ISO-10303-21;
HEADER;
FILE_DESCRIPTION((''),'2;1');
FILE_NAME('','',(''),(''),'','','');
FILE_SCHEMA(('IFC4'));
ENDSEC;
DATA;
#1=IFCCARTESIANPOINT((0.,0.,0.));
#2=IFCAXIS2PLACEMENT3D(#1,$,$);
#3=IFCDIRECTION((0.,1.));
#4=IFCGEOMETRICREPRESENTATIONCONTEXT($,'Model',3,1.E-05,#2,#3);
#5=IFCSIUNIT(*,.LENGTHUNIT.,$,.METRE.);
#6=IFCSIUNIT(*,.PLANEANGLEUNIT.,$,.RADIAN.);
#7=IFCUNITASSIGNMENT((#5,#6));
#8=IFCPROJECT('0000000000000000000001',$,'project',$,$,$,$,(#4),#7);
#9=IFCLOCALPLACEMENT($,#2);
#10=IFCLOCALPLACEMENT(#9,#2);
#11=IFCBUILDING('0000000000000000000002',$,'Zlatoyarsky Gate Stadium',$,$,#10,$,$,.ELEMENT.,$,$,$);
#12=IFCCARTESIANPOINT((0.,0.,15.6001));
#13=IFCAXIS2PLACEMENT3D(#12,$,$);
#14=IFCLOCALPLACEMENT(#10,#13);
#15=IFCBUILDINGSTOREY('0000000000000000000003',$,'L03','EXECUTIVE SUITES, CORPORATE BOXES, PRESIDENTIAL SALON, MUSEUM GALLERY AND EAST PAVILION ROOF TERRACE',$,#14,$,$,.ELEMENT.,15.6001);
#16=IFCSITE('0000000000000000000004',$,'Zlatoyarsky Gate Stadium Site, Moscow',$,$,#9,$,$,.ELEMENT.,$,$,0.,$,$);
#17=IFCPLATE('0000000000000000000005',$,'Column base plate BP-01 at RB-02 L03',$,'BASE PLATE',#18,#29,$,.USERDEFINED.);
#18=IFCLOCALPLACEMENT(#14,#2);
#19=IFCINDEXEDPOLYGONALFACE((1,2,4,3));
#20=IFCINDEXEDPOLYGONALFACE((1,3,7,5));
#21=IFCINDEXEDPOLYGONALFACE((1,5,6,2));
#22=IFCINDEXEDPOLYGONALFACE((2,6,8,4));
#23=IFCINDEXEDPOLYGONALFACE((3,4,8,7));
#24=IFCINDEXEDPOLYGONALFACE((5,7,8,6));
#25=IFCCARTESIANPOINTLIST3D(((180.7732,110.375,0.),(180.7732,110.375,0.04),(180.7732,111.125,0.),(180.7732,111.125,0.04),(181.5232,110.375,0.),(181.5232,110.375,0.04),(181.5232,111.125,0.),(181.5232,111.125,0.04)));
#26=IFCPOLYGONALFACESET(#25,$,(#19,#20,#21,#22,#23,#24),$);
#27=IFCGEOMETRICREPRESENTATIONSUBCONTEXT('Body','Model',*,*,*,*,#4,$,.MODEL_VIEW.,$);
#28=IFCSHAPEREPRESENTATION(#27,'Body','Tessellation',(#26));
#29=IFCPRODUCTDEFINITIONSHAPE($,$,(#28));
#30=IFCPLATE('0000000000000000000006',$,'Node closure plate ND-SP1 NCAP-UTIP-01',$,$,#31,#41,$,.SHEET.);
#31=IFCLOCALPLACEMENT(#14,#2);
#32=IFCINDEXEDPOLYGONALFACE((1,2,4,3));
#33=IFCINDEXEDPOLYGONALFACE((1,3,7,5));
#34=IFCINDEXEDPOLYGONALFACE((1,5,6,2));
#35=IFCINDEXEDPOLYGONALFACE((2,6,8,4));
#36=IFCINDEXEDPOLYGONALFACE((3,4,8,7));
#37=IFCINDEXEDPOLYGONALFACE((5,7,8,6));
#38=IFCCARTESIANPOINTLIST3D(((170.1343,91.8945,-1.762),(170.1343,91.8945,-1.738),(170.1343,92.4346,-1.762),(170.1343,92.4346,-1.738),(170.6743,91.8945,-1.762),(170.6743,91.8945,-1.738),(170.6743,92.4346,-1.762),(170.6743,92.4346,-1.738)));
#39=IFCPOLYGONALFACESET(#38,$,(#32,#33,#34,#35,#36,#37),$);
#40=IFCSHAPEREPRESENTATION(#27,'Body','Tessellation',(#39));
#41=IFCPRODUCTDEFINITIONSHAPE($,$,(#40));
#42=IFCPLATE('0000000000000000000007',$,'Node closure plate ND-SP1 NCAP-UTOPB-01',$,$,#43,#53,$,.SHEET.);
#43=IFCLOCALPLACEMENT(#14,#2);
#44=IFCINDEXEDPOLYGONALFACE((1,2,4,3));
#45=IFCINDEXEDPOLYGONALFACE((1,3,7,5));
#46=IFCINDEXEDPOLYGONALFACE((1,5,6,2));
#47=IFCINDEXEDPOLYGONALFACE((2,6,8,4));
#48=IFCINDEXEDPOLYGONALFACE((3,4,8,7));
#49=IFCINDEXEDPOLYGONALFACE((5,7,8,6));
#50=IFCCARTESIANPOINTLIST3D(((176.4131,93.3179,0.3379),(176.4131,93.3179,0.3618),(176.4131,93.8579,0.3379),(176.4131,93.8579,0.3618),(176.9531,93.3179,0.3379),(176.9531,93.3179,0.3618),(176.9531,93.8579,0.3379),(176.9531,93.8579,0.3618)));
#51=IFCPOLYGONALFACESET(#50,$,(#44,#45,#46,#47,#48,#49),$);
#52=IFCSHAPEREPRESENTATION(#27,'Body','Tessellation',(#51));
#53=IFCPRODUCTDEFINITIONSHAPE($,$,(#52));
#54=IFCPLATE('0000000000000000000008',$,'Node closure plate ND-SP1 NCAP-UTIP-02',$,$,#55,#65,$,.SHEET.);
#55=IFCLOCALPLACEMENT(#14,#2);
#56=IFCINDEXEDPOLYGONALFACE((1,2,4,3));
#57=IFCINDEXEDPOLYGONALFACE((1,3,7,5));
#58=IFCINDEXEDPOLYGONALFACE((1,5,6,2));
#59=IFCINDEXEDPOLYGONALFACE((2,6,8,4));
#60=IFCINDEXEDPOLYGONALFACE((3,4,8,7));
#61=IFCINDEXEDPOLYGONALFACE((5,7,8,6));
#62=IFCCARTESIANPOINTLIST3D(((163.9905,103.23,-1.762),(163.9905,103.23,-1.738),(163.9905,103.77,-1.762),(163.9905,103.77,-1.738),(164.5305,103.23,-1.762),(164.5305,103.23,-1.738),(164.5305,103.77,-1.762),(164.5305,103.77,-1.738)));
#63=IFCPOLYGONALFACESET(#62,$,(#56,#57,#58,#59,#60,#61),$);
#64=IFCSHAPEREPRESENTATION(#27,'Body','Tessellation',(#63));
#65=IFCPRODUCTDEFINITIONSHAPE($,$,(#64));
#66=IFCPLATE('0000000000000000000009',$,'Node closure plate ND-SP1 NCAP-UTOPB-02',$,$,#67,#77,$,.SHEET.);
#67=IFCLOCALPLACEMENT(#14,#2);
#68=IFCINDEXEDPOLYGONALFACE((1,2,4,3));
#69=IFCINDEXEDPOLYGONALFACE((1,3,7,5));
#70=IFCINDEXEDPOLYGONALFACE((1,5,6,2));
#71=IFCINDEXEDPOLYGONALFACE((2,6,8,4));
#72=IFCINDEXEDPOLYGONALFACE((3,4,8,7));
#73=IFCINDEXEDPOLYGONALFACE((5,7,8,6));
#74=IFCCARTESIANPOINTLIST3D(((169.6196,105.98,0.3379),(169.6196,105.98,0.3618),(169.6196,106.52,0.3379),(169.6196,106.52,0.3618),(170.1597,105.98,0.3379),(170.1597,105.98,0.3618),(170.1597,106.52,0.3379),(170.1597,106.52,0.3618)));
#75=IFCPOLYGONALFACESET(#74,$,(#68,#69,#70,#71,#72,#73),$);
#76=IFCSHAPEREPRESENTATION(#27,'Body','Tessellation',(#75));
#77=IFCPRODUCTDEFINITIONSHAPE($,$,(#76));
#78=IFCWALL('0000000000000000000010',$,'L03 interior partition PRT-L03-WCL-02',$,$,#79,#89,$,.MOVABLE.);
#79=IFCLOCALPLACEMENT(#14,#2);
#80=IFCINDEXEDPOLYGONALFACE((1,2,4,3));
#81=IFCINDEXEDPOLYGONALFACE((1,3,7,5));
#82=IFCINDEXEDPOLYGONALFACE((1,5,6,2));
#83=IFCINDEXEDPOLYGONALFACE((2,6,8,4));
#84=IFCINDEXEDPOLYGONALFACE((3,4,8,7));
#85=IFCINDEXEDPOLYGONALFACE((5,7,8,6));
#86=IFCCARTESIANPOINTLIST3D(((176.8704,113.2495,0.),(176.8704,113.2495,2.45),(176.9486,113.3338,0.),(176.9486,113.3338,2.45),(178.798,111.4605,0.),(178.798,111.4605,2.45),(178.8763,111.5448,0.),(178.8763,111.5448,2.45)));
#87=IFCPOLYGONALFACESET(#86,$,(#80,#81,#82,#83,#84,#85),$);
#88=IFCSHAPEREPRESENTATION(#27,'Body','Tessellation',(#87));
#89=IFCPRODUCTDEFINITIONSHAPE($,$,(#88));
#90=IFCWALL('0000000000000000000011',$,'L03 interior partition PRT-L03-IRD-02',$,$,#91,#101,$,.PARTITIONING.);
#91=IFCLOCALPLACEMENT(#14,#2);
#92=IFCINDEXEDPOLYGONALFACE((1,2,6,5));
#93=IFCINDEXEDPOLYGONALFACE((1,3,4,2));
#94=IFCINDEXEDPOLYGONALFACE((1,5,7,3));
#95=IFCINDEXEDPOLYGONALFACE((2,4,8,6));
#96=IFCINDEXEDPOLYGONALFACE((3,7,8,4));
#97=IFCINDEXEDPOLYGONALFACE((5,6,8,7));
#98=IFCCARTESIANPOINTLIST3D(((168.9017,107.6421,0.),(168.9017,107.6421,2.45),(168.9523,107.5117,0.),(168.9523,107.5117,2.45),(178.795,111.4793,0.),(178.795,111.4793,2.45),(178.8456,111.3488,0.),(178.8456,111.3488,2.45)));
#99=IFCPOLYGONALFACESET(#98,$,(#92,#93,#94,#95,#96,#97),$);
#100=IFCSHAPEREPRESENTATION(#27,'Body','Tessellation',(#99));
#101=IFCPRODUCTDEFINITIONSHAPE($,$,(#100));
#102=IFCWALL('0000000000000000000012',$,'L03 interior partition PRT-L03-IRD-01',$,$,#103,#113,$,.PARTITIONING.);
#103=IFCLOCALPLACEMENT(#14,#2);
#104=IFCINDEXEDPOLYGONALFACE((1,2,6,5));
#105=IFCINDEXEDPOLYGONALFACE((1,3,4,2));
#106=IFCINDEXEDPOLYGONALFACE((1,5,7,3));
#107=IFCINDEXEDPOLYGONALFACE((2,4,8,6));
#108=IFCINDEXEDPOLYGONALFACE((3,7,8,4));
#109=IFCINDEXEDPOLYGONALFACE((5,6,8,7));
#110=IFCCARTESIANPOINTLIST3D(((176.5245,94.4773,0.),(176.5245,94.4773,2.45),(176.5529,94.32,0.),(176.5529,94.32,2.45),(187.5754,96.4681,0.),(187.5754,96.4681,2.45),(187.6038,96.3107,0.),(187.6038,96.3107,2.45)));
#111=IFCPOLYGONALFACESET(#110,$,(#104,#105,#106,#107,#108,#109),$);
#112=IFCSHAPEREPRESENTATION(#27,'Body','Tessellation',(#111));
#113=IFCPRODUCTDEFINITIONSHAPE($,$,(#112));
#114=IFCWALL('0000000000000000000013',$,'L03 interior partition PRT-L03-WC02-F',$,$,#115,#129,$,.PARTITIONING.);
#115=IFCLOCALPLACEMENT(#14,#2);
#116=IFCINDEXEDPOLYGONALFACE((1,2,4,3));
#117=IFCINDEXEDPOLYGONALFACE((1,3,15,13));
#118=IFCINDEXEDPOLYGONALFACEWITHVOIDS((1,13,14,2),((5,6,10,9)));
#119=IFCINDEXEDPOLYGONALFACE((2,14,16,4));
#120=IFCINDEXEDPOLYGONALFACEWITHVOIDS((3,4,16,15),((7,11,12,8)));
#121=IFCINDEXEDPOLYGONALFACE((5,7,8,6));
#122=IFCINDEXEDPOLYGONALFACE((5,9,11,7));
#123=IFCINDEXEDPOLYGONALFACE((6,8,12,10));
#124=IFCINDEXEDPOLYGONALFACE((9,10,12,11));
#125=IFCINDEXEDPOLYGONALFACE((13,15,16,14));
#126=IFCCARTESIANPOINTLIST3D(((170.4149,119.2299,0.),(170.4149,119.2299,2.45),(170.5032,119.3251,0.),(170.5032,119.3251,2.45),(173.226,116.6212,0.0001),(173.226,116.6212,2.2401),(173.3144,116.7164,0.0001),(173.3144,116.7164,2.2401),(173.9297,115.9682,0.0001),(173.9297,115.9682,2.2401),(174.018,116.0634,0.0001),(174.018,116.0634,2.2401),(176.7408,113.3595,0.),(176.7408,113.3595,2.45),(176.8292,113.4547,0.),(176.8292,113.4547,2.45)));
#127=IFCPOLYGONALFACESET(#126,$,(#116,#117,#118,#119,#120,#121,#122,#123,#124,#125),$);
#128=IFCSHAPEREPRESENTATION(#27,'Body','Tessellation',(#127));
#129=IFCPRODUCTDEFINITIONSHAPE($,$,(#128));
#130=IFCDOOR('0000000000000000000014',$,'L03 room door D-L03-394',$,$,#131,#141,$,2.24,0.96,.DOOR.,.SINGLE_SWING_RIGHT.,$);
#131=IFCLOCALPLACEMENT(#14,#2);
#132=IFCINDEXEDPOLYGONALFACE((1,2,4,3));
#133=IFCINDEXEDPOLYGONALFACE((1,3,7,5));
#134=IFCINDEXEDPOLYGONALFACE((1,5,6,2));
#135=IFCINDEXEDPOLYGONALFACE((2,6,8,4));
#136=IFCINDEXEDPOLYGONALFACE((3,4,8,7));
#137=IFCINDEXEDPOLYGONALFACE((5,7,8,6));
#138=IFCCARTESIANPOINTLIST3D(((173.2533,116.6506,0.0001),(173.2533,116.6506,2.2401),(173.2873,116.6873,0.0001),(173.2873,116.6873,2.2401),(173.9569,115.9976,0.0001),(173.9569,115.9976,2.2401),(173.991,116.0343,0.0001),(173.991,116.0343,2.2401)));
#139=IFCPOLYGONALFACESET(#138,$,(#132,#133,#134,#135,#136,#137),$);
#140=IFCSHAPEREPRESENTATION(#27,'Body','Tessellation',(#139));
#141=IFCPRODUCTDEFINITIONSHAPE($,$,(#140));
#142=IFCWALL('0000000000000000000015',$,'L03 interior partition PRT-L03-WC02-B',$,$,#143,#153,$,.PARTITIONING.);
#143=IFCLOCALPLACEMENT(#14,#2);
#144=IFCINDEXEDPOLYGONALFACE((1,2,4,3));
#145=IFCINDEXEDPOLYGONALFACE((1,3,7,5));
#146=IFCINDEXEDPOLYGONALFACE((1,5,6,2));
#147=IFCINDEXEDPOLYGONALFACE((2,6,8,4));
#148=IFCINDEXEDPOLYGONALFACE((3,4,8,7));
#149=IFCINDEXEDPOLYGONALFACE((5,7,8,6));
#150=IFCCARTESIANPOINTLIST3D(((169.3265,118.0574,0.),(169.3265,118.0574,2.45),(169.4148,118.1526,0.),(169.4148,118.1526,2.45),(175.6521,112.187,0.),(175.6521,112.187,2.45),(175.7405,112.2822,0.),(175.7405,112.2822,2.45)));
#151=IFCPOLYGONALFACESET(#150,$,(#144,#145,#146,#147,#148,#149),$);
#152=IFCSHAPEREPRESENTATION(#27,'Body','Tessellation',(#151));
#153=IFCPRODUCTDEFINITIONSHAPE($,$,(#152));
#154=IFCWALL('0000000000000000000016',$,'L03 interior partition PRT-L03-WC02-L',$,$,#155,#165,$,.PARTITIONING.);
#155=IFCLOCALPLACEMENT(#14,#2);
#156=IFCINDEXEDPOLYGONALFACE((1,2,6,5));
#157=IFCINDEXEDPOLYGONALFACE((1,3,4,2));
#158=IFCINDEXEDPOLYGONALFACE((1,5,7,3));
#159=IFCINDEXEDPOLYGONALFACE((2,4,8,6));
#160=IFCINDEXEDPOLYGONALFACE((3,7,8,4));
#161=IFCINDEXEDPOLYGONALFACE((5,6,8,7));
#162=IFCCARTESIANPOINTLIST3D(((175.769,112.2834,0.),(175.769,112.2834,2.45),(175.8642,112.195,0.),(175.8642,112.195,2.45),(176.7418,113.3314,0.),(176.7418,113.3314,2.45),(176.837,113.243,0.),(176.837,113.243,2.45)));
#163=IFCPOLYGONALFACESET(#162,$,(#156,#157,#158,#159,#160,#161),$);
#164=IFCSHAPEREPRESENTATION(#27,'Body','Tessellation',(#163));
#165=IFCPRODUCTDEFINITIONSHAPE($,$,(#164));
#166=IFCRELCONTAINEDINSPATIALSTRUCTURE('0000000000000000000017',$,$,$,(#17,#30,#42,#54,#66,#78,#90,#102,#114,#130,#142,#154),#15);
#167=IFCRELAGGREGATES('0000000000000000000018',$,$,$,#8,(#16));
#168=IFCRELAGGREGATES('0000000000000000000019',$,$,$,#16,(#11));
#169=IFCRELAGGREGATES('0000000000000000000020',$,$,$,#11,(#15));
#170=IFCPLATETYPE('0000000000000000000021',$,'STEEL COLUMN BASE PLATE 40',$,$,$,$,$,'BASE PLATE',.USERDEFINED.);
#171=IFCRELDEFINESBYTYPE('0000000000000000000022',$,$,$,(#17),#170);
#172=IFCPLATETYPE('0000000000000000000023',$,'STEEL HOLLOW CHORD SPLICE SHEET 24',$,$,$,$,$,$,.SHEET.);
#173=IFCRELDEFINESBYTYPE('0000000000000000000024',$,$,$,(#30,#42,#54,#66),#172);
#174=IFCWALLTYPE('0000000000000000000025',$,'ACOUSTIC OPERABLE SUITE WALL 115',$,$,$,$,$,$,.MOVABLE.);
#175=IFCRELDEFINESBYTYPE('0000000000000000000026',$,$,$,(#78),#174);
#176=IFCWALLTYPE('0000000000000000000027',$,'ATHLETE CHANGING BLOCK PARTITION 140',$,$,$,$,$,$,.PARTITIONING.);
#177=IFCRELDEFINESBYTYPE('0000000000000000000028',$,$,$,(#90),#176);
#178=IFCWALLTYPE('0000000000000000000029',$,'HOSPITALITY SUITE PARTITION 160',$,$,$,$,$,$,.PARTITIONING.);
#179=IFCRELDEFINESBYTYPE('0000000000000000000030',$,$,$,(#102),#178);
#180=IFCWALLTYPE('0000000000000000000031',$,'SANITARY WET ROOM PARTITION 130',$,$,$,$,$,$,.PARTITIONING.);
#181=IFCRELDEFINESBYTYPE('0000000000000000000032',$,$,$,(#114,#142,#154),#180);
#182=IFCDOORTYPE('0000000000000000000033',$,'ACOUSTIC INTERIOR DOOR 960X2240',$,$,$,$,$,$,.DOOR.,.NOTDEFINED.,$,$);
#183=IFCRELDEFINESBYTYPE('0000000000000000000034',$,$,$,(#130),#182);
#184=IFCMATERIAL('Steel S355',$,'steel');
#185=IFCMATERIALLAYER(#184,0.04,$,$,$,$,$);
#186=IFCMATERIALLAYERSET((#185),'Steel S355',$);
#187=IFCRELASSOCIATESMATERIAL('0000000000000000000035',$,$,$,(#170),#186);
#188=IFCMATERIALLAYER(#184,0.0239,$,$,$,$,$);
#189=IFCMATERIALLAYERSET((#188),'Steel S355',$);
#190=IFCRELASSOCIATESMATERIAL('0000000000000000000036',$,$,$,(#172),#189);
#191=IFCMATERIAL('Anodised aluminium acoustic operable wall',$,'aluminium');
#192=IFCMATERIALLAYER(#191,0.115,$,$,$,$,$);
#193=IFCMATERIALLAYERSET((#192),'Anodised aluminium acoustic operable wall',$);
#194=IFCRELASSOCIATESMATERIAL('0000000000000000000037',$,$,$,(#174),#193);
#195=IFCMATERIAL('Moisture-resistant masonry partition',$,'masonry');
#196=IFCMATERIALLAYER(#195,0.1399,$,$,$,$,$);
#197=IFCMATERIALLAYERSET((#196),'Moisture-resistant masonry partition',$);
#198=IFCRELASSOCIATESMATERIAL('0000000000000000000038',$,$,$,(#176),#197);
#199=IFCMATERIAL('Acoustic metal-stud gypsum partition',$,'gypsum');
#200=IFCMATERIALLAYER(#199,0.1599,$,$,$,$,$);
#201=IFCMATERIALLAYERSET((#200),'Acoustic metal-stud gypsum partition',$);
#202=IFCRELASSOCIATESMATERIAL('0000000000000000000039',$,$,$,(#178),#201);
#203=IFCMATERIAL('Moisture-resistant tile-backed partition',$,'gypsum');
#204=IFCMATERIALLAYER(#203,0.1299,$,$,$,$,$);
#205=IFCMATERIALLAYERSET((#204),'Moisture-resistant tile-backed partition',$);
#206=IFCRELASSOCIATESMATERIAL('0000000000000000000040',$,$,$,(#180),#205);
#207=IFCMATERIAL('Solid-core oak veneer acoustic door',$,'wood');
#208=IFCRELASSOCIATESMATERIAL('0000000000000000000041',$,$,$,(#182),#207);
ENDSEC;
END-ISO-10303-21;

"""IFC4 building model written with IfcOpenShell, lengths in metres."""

from ifc_helpers import new_model, si_unit, direction, frame, frame_2d, origin, origin_2d, place, context, subcontext, project, spatial, rectangle, extrude, material, layer, layer_set, type_object, element, fill, save


model = new_model("IFC4")

# Units and contexts
model_context = context("Model", 3, precision=1e-05, world=origin(), true_north=direction((0.0, 1.0)))
body_context = subcontext(model_context, "Body", "Model", "MODEL_VIEW")
ifc_project = project(units=[si_unit("LENGTHUNIT", "METRE"), si_unit("PLANEANGLEUNIT", "RADIAN")], contexts=[model_context])

# Site, building, storey
site_placement = place(None, origin())
site = spatial("IfcSite", under=ifc_project, at=site_placement, Name="Zlatoyarsky Gate Stadium Site, Moscow", CompositionType="ELEMENT", RefElevation=0.0)
building_placement = place(site_placement, origin())
building = spatial("IfcBuilding", under=site, at=building_placement, Name="Zlatoyarsky Gate Stadium", CompositionType="ELEMENT")
storey_placement = place(building_placement, frame((0.0, 0.0, 15.6001)))
storey = spatial("IfcBuildingStorey", under=building, at=storey_placement, Name="L03", Description="EXECUTIVE SUITES, CORPORATE BOXES, PRESIDENTIAL SALON, MUSEUM GALLERY AND EAST PAVILION ROOF TERRACE", CompositionType="ELEMENT", Elevation=15.6001)

# Shared definitions
ifc_material_1 = material(Name="Steel S355", Category="steel")

# Plates
ifc_layer_1 = layer(ifc_material_1, 0.04)
ifc_layer_set_1 = layer_set([ifc_layer_1], Name="Steel S355")
plate_type_1 = type_object("IfcPlateType", Name="STEEL COLUMN BASE PLATE 40", ElementType="BASE PLATE", PredefinedType="USERDEFINED", material=ifc_layer_set_1)
plate_placement = place(storey_placement, frame((181.1482, 110.75, 0.0), z_axis=(0.0, 0.0, 1.0), x_axis=(1.0, 0.0, 0.0)))
element("IfcPlate", 1, at=plate_placement, inside=storey, type_object=plate_type_1, Name="Column base plate BP-01 at RB-02 L03", ObjectType="BASE PLATE", PredefinedType="USERDEFINED", context=body_context, shape_type="SweptSolid", body=[
    extrude(rectangle(XDim=0.75, YDim=0.75, at=origin_2d()), origin(), (0.0, 0.0, 1.0), 0.04),
])
ifc_layer_2 = layer(ifc_material_1, 0.0239)
ifc_layer_set_2 = layer_set([ifc_layer_2], Name="Steel S355")
plate_type_2 = type_object("IfcPlateType", Name="STEEL HOLLOW CHORD SPLICE SHEET 24", PredefinedType="SHEET", material=ifc_layer_set_2)
for number, where, z_axis, x_axis, name in (
    (2, (170.4043, 92.1646, -1.762), (0.0, 0.0, 1.0), (1.0, 0.0, 0.0), "Node closure plate ND-SP1 NCAP-UTIP-01"),
    (3, (176.6831, 93.5879, 0.3379), (0.0, 0.0, 1.0), (1.0, 0.0, 0.0), "Node closure plate ND-SP1 NCAP-UTOPB-01"),
    (4, (164.2605, 103.5, -1.762), (0.0, 0.0, 1.0), (1.0, 0.0, 0.0), "Node closure plate ND-SP1 NCAP-UTIP-02"),
    (5, (169.8896, 106.25, 0.3379), (0.0, 0.0, 1.0), (1.0, 0.0, 0.0), "Node closure plate ND-SP1 NCAP-UTOPB-02"),
):
    element("IfcPlate", number, at=place(storey_placement, frame(where, z_axis=z_axis, x_axis=x_axis)), inside=storey, type_object=plate_type_2, Name=name, PredefinedType="SHEET", context=body_context, shape_type="SweptSolid", body=[
        extrude(rectangle(XDim=0.54, YDim=0.54, at=origin_2d()), origin(), (0.0, 0.0, 1.0), 0.0239),
    ])

# Walls
ifc_material_2 = material(Name="Anodised aluminium acoustic operable wall", Category="aluminium")
ifc_layer_3 = layer(ifc_material_2, 0.115)
ifc_layer_set_3 = layer_set([ifc_layer_3], Name="Anodised aluminium acoustic operable wall")
wall_type_1 = type_object("IfcWallType", Name="ACOUSTIC OPERABLE SUITE WALL 115", PredefinedType="MOVABLE", material=ifc_layer_set_3)
wall_1_placement = place(storey_placement, frame((178.8372, 111.5027, 0.0), z_axis=(0.0, 0.0, 1.0), x_axis=(-0.732979, 0.680252, 0.0)))
element("IfcWall", 6, at=wall_1_placement, inside=storey, type_object=wall_type_1, Name="L03 interior partition PRT-L03-WCL-02", PredefinedType="MOVABLE", context=body_context, shape_type="SweptSolid", body=[
    extrude(rectangle(XDim=2.6299, YDim=0.115, at=frame_2d((1.3149, 0.0))), origin(), (0.0, 0.0, 1.0), 2.45),
])
ifc_material_3 = material(Name="Moisture-resistant masonry partition", Category="masonry")
ifc_layer_4 = layer(ifc_material_3, 0.1399)
ifc_layer_set_4 = layer_set([ifc_layer_4], Name="Moisture-resistant masonry partition")
wall_type_2 = type_object("IfcWallType", Name="ATHLETE CHANGING BLOCK PARTITION 140", PredefinedType="PARTITIONING", material=ifc_layer_set_4)
wall_2_placement = place(storey_placement, frame((168.927, 107.5769, 0.0), z_axis=(0.0, 0.0, 1.0), x_axis=(0.93233, 0.361608, 0.0)))
element("IfcWall", 7, at=wall_2_placement, inside=storey, type_object=wall_type_2, Name="L03 interior partition PRT-L03-IRD-02", PredefinedType="PARTITIONING", context=body_context, shape_type="SweptSolid", body=[
    extrude(rectangle(XDim=10.6113, YDim=0.1399, at=frame_2d((5.3057, 0.0))), origin(), (0.0, 0.0, 1.0), 2.45),
])
ifc_material_4 = material(Name="Acoustic metal-stud gypsum partition", Category="gypsum")
ifc_layer_5 = layer(ifc_material_4, 0.1599)
ifc_layer_set_5 = layer_set([ifc_layer_5], Name="Acoustic metal-stud gypsum partition")
wall_type_3 = type_object("IfcWallType", Name="HOSPITALITY SUITE PARTITION 160", PredefinedType="PARTITIONING", material=ifc_layer_set_5)
wall_3_placement = place(storey_placement, frame((176.5388, 94.3987, 0.0), z_axis=(0.0, 0.0, 1.0), x_axis=(0.984159, 0.177289, 0.0)))
element("IfcWall", 8, at=wall_3_placement, inside=storey, type_object=wall_type_3, Name="L03 interior partition PRT-L03-IRD-01", PredefinedType="PARTITIONING", context=body_context, shape_type="SweptSolid", body=[
    extrude(rectangle(XDim=11.2288, YDim=0.1599, at=frame_2d((5.6143, 0.0))), origin(), (0.0, 0.0, 1.0), 2.45),
])

# Wall, opening, door
ifc_material_5 = material(Name="Moisture-resistant tile-backed partition", Category="gypsum")
ifc_layer_6 = layer(ifc_material_5, 0.1299)
ifc_layer_set_6 = layer_set([ifc_layer_6], Name="Moisture-resistant tile-backed partition")
wall_type_4 = type_object("IfcWallType", Name="SANITARY WET ROOM PARTITION 130", PredefinedType="PARTITIONING", material=ifc_layer_set_6)
wall_4_placement = place(storey_placement, frame((176.7849, 113.4072, 0.0), z_axis=(0.0, 0.0, 1.0), x_axis=(-0.733008, 0.68022, 0.0)))
wall_4 = element("IfcWall", 9, at=wall_4_placement, inside=storey, type_object=wall_type_4, Name="L03 interior partition PRT-L03-WC02-F", PredefinedType="PARTITIONING", context=body_context, shape_type="SweptSolid", body=[
    extrude(rectangle(XDim=8.6301, YDim=0.1299, at=frame_2d((4.3149, 0.0))), origin(), (0.0, 0.0, 1.0), 2.45),
])
opening_placement = place(wall_4_placement, frame((3.835, 0.0, 0.0)))
opening = element("IfcOpeningElement", 10, at=opening_placement, cuts=wall_4, PredefinedType="OPENING", context=body_context, shape_type="SweptSolid", body=[
    extrude(rectangle(XDim=0.96, YDim=2.24, at=frame_2d((0.48, 1.1201))), frame((0.0, 0.075, 0.0), z_axis=(0.0, -1.0, 0.0), x_axis=(1.0, 0.0, 0.0)), (0.0, 0.0, 1.0), 0.1499),
])
ifc_material_6 = material(Name="Solid-core oak veneer acoustic door", Category="wood")
door_type = type_object("IfcDoorType", Name="ACOUSTIC INTERIOR DOOR 960X2240", OperationType="NOTDEFINED", PredefinedType="DOOR", material=ifc_material_6)
door_placement = place(opening_placement, origin())
door = element("IfcDoor", 11, at=door_placement, inside=storey, type_object=door_type, Name="L03 room door D-L03-394", OperationType="SINGLE_SWING_RIGHT", OverallHeight=2.24, OverallWidth=0.96, PredefinedType="DOOR", context=body_context, shape_type="SweptSolid", body=[
    extrude(rectangle(XDim=0.96, YDim=2.24, at=frame_2d((0.48, 1.1201))), frame((0.0, 0.0249, 0.0), z_axis=(0.0, -1.0, 0.0), x_axis=(1.0, 0.0, 0.0)), (0.0, 0.0, 1.0), 0.05),
])
fill(opening, door)

# Walls
wall_5_placement = place(storey_placement, frame((175.6963, 112.2346, 0.0), z_axis=(0.0, 0.0, 1.0), x_axis=(-0.732995, 0.680234, 0.0)))
element("IfcWall", 12, at=wall_5_placement, inside=storey, type_object=wall_type_4, Name="L03 interior partition PRT-L03-WC02-B", PredefinedType="PARTITIONING", context=body_context, shape_type="SweptSolid", body=[
    extrude(rectangle(XDim=8.6299, YDim=0.1299, at=frame_2d((4.3149, 0.0))), origin(), (0.0, 0.0, 1.0), 2.45),
])
wall_6_placement = place(storey_placement, frame((176.7893, 113.2871, 0.0), z_axis=(0.0, 0.0, 1.0), x_axis=(-0.680327, -0.732909, 0.0)))
element("IfcWall", 13, at=wall_6_placement, inside=storey, type_object=wall_type_4, Name="L03 interior partition PRT-L03-WC02-L", PredefinedType="PARTITIONING", context=body_context, shape_type="SweptSolid", body=[
    extrude(rectangle(XDim=1.4299, YDim=0.1299, at=frame_2d((0.7148, 0.0))), origin(), (0.0, 0.0, 1.0), 2.45),
])

save(model, "model.ifc")
